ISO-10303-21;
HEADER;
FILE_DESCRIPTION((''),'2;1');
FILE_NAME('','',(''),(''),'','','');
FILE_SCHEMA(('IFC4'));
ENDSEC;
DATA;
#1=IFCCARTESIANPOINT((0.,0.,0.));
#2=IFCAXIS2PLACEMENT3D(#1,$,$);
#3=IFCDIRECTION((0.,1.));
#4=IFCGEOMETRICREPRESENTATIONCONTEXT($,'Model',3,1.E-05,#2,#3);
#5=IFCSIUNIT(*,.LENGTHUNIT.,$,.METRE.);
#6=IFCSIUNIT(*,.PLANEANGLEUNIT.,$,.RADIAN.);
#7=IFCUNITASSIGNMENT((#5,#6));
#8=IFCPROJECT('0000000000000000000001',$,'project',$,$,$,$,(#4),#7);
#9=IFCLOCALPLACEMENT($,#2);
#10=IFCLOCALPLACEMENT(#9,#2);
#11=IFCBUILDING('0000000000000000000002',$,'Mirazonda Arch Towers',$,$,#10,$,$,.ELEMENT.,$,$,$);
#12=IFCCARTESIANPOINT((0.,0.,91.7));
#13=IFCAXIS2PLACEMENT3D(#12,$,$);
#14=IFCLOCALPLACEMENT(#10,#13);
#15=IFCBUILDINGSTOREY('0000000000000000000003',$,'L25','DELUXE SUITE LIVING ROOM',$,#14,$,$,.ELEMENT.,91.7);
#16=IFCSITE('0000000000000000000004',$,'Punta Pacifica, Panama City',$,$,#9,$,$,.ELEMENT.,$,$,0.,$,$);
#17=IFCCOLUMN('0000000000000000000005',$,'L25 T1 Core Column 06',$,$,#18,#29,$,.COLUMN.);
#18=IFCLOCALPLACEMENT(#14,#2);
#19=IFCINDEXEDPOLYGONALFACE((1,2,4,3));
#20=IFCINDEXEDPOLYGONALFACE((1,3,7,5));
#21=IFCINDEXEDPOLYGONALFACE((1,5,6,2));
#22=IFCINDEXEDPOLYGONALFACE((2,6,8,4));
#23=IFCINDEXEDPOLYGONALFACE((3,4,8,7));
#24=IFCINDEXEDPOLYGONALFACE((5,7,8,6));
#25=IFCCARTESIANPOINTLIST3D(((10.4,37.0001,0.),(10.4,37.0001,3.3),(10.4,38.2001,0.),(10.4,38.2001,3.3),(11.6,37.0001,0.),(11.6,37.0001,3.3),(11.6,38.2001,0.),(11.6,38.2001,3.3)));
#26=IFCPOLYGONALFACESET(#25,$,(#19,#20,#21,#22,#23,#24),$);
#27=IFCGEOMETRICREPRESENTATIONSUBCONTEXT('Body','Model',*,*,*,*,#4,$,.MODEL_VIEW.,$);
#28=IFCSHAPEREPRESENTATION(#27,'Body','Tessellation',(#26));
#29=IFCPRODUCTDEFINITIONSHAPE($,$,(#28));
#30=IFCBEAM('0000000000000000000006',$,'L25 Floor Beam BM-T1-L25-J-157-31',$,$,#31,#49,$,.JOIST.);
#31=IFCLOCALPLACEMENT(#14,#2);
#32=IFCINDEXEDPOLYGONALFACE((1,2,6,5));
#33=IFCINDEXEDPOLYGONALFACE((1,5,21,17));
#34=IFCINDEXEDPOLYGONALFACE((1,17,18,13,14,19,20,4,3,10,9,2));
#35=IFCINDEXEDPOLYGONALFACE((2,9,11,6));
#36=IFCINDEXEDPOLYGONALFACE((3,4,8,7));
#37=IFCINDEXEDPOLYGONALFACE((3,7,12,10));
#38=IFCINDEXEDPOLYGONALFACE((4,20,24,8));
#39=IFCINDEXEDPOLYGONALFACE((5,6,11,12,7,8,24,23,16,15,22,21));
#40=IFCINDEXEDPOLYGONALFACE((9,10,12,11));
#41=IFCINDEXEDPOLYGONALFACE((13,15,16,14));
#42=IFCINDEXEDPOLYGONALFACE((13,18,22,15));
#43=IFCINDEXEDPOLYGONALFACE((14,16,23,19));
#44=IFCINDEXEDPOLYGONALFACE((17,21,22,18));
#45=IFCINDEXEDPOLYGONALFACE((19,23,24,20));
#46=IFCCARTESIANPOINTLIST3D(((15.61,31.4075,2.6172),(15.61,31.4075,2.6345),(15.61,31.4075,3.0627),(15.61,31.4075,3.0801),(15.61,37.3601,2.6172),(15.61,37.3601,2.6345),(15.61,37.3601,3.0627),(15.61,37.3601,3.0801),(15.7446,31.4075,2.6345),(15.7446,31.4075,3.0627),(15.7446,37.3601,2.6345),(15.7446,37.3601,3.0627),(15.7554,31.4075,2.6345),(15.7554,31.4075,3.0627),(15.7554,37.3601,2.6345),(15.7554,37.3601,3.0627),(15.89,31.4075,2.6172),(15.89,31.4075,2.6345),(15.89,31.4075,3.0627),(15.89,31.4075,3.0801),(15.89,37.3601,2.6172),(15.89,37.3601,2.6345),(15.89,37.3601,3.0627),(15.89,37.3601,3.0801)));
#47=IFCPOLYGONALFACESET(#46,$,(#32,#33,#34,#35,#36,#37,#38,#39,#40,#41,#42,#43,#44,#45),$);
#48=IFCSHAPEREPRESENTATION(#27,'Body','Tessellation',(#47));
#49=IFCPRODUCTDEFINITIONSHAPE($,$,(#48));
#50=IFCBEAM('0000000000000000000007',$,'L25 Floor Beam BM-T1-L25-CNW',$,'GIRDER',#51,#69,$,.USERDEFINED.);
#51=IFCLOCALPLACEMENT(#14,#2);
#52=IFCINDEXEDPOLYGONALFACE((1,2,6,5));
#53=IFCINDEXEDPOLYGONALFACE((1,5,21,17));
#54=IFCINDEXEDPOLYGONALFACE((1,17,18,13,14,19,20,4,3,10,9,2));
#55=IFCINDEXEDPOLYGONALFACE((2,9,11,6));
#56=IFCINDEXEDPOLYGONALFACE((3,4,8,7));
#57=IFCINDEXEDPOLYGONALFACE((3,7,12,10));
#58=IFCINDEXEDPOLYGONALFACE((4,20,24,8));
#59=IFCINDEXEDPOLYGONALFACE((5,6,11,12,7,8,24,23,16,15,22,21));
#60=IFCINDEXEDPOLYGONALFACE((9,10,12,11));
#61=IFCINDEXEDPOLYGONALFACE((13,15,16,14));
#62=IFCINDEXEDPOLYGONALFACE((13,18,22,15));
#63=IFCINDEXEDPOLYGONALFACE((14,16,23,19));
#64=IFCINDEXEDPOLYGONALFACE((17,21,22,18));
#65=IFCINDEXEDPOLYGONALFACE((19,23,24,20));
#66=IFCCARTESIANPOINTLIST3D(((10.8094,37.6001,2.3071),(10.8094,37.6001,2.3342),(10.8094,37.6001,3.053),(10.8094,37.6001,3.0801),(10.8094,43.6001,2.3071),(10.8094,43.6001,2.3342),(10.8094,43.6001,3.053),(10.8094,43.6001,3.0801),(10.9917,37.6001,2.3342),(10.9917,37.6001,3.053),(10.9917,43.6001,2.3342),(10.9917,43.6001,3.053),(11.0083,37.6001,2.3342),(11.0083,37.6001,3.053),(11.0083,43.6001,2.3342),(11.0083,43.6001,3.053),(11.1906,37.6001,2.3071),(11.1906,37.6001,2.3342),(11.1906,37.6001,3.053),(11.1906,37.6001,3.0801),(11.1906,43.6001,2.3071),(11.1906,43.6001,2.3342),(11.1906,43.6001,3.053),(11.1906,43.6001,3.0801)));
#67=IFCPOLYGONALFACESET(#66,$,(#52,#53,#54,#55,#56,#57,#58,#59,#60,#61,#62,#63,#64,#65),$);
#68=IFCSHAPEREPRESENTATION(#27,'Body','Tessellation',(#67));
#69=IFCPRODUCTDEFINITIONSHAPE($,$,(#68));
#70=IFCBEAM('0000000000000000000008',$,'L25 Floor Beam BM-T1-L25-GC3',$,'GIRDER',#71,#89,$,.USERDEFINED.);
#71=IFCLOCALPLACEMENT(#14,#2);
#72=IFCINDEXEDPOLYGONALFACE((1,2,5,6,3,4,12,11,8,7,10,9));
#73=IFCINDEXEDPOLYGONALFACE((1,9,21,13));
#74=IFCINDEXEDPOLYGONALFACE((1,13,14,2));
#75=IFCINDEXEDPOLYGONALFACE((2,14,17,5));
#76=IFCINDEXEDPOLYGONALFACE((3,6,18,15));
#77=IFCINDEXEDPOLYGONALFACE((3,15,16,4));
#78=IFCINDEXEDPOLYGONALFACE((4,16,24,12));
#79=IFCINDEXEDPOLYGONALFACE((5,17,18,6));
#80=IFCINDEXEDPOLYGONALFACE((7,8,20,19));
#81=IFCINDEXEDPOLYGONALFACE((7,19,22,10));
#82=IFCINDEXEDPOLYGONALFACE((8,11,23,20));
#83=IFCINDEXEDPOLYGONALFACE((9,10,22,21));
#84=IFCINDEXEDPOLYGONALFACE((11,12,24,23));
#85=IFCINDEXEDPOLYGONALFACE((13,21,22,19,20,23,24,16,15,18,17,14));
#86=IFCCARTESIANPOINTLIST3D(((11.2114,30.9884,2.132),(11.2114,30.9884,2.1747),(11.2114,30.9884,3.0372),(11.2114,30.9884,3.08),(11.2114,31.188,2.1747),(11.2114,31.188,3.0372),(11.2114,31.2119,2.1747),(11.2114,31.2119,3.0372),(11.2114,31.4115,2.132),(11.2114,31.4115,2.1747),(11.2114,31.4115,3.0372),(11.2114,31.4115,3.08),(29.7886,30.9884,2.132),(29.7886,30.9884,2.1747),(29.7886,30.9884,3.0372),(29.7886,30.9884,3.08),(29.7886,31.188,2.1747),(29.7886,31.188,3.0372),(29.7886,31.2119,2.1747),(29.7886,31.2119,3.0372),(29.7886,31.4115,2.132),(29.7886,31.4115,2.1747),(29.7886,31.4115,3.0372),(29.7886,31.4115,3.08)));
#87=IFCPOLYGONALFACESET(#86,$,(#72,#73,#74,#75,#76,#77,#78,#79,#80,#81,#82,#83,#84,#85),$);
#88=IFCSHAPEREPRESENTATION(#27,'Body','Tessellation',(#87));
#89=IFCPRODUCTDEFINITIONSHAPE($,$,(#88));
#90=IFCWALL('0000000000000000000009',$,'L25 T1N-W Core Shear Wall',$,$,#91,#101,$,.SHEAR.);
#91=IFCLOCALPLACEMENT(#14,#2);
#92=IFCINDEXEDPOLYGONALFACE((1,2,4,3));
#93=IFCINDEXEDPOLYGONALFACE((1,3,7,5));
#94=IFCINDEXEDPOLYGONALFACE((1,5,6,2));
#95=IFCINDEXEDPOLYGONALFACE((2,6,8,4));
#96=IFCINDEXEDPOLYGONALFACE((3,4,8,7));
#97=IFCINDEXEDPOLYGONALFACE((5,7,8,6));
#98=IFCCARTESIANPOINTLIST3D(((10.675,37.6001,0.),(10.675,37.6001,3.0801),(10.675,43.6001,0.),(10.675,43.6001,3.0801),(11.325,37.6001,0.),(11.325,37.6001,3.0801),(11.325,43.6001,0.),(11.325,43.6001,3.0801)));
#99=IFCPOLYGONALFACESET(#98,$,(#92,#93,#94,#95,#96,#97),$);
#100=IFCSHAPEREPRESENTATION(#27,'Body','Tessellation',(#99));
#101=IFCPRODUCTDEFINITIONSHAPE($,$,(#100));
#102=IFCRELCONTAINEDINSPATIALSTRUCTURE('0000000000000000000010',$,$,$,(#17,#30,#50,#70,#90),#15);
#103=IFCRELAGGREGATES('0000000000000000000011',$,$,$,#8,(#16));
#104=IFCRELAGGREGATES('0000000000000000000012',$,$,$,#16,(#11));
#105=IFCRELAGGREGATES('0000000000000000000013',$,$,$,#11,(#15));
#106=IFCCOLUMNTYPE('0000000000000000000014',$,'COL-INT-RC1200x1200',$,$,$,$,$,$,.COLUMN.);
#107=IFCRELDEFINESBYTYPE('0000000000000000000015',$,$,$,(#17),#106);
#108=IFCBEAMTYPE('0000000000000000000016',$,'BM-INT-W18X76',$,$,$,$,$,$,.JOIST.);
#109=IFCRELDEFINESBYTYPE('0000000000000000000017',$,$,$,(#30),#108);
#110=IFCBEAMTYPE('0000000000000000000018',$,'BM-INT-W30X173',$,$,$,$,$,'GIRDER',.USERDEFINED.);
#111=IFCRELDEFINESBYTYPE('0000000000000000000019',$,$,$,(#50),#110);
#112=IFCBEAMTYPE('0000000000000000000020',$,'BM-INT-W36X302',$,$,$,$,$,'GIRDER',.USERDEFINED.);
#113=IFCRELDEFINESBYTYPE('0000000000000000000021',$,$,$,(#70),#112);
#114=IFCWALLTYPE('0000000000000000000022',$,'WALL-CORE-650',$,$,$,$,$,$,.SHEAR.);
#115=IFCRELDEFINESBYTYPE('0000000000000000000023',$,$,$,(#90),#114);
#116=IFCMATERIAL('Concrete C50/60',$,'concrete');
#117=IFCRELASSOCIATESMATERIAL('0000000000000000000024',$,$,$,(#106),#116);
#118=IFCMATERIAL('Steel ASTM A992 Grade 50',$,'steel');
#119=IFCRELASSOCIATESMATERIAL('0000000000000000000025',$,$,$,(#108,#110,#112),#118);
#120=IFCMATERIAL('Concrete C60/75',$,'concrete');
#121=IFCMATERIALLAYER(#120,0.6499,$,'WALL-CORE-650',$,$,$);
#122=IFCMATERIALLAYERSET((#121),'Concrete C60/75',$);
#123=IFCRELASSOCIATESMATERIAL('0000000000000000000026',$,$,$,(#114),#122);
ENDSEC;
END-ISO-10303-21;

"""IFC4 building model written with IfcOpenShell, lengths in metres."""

from ifc_helpers import new_model, si_unit, direction, frame, frame_2d, origin, origin_2d, place, context, subcontext, project, spatial, rectangle, i_section, extrude, material, layer, layer_set, material_profile, profile_set, type_object, element, save


model = new_model("IFC4")

# Units and contexts
model_context = context("Model", 3, precision=1e-05, world=origin(), true_north=direction((0.0, 1.0)))
body_context = subcontext(model_context, "Body", "Model", "MODEL_VIEW")
ifc_project = project(units=[si_unit("LENGTHUNIT", "METRE"), si_unit("PLANEANGLEUNIT", "RADIAN")], contexts=[model_context])

# Site, building, storey
site_placement = place(None, origin())
site = spatial("IfcSite", under=ifc_project, at=site_placement, Name="Punta Pacifica, Panama City", CompositionType="ELEMENT", RefElevation=0.0)
building_placement = place(site_placement, origin())
building = spatial("IfcBuilding", under=site, at=building_placement, Name="Mirazonda Arch Towers", CompositionType="ELEMENT")
storey_placement = place(building_placement, frame((0.0, 0.0, 91.7)))
storey = spatial("IfcBuildingStorey", under=building, at=storey_placement, Name="L25", Description="DELUXE SUITE LIVING ROOM", CompositionType="ELEMENT", Elevation=91.7)

# Column
ifc_material_1 = material(Name="Concrete C50/60", Category="concrete")
ifc_material_profile_1 = material_profile(ifc_material_1, rectangle(XDim=1.2, YDim=1.2, at=origin_2d()), Name="RC1200x1200")
ifc_profile_set_1 = profile_set([ifc_material_profile_1], Name="Concrete C50/60")
column_type = type_object("IfcColumnType", Name="COL-INT-RC1200x1200", PredefinedType="COLUMN", material=ifc_profile_set_1)
column_placement = place(storey_placement, frame((11.0, 37.6001, 0.0), z_axis=(0.0, 0.0, 1.0), x_axis=(1.0, 0.0, 0.0)))
element("IfcColumn", 1, at=column_placement, inside=storey, type_object=column_type, Name="L25 T1 Core Column 06", PredefinedType="COLUMN", context=body_context, shape_type="SweptSolid", body=[
    extrude(rectangle(XDim=1.2, YDim=1.2, at=origin_2d()), origin(), (0.0, 0.0, 1.0), 3.3),
])

# Beams
ifc_material_2 = material(Name="Steel ASTM A992 Grade 50", Category="steel")
ifc_material_profile_2 = material_profile(ifc_material_2, i_section(OverallWidth=0.28, OverallDepth=0.4629, WebThickness=0.0107, FlangeThickness=0.0173, at=origin_2d()), Name="W18X76")
ifc_profile_set_2 = profile_set([ifc_material_profile_2], Name="Steel ASTM A992 Grade 50")
beam_type_1 = type_object("IfcBeamType", Name="BM-INT-W18X76", PredefinedType="JOIST", material=ifc_profile_set_2)
beam_1_placement = place(storey_placement, frame((15.75, 31.4075, 2.8486), z_axis=(0.0, 1.0, 0.0), x_axis=(-1.0, 0.0, 0.0)))
element("IfcBeam", 2, at=beam_1_placement, inside=storey, type_object=beam_type_1, Name="L25 Floor Beam BM-T1-L25-J-157-31", PredefinedType="JOIST", context=body_context, shape_type="SweptSolid", body=[
    extrude(i_section(OverallWidth=0.28, OverallDepth=0.4629, WebThickness=0.0107, FlangeThickness=0.0173, at=origin_2d()), origin(), (0.0, 0.0, 1.0), 5.9526),
])
ifc_material_profile_3 = material_profile(ifc_material_2, i_section(OverallWidth=0.3811, OverallDepth=0.7729, WebThickness=0.0166, FlangeThickness=0.0271, at=origin_2d()), Name="W30X173")
ifc_profile_set_3 = profile_set([ifc_material_profile_3], Name="Steel ASTM A992 Grade 50")
beam_type_2 = type_object("IfcBeamType", Name="BM-INT-W30X173", ElementType="GIRDER", PredefinedType="USERDEFINED", material=ifc_profile_set_3)
beam_2_placement = place(storey_placement, frame((11.0, 37.6001, 2.6936), z_axis=(0.0, 1.0, 0.0), x_axis=(-1.0, 0.0, 0.0)))
element("IfcBeam", 3, at=beam_2_placement, inside=storey, type_object=beam_type_2, Name="L25 Floor Beam BM-T1-L25-CNW", ObjectType="GIRDER", PredefinedType="USERDEFINED", context=body_context, shape_type="SweptSolid", body=[
    extrude(i_section(OverallWidth=0.3811, OverallDepth=0.7729, WebThickness=0.0166, FlangeThickness=0.0271, at=origin_2d()), origin(), (0.0, 0.0, 1.0), 6.0),
])
ifc_material_profile_4 = material_profile(ifc_material_2, i_section(OverallWidth=0.4231, OverallDepth=0.948, WebThickness=0.0239, FlangeThickness=0.0427, at=origin_2d()), Name="W36X302")
ifc_profile_set_4 = profile_set([ifc_material_profile_4], Name="Steel ASTM A992 Grade 50")
beam_type_3 = type_object("IfcBeamType", Name="BM-INT-W36X302", ElementType="GIRDER", PredefinedType="USERDEFINED", material=ifc_profile_set_4)
beam_3_placement = place(storey_placement, frame((11.2114, 31.2, 2.606), z_axis=(1.0, 0.0, 0.0), x_axis=(0.0, 1.0, 0.0)))
element("IfcBeam", 4, at=beam_3_placement, inside=storey, type_object=beam_type_3, Name="L25 Floor Beam BM-T1-L25-GC3", ObjectType="GIRDER", PredefinedType="USERDEFINED", context=body_context, shape_type="SweptSolid", body=[
    extrude(i_section(OverallWidth=0.4231, OverallDepth=0.948, WebThickness=0.0239, FlangeThickness=0.0427, at=origin_2d()), origin(), (0.0, 0.0, 1.0), 18.5771),
])

# Wall
ifc_material_3 = material(Name="Concrete C60/75", Category="concrete")
ifc_layer_1 = layer(ifc_material_3, 0.6499, Name="WALL-CORE-650")
ifc_layer_set_1 = layer_set([ifc_layer_1], Name="Concrete C60/75")
wall_type_1 = type_object("IfcWallType", Name="WALL-CORE-650", PredefinedType="SHEAR", material=ifc_layer_set_1)
wall_1_placement = place(storey_placement, frame((11.0, 37.6001, 0.0), z_axis=(0.0, 0.0, 1.0), x_axis=(0.0, 1.0, 0.0)))
element("IfcWall", 5, at=wall_1_placement, inside=storey, type_object=wall_type_1, Name="L25 T1N-W Core Shear Wall", PredefinedType="SHEAR", context=body_context, shape_type="SweptSolid", body=[
    extrude(rectangle(XDim=6.0, YDim=0.6499, at=frame_2d((3.0, 0.0))), origin(), (0.0, 0.0, 1.0), 3.0801),
])

save(model, "model.ifc")
